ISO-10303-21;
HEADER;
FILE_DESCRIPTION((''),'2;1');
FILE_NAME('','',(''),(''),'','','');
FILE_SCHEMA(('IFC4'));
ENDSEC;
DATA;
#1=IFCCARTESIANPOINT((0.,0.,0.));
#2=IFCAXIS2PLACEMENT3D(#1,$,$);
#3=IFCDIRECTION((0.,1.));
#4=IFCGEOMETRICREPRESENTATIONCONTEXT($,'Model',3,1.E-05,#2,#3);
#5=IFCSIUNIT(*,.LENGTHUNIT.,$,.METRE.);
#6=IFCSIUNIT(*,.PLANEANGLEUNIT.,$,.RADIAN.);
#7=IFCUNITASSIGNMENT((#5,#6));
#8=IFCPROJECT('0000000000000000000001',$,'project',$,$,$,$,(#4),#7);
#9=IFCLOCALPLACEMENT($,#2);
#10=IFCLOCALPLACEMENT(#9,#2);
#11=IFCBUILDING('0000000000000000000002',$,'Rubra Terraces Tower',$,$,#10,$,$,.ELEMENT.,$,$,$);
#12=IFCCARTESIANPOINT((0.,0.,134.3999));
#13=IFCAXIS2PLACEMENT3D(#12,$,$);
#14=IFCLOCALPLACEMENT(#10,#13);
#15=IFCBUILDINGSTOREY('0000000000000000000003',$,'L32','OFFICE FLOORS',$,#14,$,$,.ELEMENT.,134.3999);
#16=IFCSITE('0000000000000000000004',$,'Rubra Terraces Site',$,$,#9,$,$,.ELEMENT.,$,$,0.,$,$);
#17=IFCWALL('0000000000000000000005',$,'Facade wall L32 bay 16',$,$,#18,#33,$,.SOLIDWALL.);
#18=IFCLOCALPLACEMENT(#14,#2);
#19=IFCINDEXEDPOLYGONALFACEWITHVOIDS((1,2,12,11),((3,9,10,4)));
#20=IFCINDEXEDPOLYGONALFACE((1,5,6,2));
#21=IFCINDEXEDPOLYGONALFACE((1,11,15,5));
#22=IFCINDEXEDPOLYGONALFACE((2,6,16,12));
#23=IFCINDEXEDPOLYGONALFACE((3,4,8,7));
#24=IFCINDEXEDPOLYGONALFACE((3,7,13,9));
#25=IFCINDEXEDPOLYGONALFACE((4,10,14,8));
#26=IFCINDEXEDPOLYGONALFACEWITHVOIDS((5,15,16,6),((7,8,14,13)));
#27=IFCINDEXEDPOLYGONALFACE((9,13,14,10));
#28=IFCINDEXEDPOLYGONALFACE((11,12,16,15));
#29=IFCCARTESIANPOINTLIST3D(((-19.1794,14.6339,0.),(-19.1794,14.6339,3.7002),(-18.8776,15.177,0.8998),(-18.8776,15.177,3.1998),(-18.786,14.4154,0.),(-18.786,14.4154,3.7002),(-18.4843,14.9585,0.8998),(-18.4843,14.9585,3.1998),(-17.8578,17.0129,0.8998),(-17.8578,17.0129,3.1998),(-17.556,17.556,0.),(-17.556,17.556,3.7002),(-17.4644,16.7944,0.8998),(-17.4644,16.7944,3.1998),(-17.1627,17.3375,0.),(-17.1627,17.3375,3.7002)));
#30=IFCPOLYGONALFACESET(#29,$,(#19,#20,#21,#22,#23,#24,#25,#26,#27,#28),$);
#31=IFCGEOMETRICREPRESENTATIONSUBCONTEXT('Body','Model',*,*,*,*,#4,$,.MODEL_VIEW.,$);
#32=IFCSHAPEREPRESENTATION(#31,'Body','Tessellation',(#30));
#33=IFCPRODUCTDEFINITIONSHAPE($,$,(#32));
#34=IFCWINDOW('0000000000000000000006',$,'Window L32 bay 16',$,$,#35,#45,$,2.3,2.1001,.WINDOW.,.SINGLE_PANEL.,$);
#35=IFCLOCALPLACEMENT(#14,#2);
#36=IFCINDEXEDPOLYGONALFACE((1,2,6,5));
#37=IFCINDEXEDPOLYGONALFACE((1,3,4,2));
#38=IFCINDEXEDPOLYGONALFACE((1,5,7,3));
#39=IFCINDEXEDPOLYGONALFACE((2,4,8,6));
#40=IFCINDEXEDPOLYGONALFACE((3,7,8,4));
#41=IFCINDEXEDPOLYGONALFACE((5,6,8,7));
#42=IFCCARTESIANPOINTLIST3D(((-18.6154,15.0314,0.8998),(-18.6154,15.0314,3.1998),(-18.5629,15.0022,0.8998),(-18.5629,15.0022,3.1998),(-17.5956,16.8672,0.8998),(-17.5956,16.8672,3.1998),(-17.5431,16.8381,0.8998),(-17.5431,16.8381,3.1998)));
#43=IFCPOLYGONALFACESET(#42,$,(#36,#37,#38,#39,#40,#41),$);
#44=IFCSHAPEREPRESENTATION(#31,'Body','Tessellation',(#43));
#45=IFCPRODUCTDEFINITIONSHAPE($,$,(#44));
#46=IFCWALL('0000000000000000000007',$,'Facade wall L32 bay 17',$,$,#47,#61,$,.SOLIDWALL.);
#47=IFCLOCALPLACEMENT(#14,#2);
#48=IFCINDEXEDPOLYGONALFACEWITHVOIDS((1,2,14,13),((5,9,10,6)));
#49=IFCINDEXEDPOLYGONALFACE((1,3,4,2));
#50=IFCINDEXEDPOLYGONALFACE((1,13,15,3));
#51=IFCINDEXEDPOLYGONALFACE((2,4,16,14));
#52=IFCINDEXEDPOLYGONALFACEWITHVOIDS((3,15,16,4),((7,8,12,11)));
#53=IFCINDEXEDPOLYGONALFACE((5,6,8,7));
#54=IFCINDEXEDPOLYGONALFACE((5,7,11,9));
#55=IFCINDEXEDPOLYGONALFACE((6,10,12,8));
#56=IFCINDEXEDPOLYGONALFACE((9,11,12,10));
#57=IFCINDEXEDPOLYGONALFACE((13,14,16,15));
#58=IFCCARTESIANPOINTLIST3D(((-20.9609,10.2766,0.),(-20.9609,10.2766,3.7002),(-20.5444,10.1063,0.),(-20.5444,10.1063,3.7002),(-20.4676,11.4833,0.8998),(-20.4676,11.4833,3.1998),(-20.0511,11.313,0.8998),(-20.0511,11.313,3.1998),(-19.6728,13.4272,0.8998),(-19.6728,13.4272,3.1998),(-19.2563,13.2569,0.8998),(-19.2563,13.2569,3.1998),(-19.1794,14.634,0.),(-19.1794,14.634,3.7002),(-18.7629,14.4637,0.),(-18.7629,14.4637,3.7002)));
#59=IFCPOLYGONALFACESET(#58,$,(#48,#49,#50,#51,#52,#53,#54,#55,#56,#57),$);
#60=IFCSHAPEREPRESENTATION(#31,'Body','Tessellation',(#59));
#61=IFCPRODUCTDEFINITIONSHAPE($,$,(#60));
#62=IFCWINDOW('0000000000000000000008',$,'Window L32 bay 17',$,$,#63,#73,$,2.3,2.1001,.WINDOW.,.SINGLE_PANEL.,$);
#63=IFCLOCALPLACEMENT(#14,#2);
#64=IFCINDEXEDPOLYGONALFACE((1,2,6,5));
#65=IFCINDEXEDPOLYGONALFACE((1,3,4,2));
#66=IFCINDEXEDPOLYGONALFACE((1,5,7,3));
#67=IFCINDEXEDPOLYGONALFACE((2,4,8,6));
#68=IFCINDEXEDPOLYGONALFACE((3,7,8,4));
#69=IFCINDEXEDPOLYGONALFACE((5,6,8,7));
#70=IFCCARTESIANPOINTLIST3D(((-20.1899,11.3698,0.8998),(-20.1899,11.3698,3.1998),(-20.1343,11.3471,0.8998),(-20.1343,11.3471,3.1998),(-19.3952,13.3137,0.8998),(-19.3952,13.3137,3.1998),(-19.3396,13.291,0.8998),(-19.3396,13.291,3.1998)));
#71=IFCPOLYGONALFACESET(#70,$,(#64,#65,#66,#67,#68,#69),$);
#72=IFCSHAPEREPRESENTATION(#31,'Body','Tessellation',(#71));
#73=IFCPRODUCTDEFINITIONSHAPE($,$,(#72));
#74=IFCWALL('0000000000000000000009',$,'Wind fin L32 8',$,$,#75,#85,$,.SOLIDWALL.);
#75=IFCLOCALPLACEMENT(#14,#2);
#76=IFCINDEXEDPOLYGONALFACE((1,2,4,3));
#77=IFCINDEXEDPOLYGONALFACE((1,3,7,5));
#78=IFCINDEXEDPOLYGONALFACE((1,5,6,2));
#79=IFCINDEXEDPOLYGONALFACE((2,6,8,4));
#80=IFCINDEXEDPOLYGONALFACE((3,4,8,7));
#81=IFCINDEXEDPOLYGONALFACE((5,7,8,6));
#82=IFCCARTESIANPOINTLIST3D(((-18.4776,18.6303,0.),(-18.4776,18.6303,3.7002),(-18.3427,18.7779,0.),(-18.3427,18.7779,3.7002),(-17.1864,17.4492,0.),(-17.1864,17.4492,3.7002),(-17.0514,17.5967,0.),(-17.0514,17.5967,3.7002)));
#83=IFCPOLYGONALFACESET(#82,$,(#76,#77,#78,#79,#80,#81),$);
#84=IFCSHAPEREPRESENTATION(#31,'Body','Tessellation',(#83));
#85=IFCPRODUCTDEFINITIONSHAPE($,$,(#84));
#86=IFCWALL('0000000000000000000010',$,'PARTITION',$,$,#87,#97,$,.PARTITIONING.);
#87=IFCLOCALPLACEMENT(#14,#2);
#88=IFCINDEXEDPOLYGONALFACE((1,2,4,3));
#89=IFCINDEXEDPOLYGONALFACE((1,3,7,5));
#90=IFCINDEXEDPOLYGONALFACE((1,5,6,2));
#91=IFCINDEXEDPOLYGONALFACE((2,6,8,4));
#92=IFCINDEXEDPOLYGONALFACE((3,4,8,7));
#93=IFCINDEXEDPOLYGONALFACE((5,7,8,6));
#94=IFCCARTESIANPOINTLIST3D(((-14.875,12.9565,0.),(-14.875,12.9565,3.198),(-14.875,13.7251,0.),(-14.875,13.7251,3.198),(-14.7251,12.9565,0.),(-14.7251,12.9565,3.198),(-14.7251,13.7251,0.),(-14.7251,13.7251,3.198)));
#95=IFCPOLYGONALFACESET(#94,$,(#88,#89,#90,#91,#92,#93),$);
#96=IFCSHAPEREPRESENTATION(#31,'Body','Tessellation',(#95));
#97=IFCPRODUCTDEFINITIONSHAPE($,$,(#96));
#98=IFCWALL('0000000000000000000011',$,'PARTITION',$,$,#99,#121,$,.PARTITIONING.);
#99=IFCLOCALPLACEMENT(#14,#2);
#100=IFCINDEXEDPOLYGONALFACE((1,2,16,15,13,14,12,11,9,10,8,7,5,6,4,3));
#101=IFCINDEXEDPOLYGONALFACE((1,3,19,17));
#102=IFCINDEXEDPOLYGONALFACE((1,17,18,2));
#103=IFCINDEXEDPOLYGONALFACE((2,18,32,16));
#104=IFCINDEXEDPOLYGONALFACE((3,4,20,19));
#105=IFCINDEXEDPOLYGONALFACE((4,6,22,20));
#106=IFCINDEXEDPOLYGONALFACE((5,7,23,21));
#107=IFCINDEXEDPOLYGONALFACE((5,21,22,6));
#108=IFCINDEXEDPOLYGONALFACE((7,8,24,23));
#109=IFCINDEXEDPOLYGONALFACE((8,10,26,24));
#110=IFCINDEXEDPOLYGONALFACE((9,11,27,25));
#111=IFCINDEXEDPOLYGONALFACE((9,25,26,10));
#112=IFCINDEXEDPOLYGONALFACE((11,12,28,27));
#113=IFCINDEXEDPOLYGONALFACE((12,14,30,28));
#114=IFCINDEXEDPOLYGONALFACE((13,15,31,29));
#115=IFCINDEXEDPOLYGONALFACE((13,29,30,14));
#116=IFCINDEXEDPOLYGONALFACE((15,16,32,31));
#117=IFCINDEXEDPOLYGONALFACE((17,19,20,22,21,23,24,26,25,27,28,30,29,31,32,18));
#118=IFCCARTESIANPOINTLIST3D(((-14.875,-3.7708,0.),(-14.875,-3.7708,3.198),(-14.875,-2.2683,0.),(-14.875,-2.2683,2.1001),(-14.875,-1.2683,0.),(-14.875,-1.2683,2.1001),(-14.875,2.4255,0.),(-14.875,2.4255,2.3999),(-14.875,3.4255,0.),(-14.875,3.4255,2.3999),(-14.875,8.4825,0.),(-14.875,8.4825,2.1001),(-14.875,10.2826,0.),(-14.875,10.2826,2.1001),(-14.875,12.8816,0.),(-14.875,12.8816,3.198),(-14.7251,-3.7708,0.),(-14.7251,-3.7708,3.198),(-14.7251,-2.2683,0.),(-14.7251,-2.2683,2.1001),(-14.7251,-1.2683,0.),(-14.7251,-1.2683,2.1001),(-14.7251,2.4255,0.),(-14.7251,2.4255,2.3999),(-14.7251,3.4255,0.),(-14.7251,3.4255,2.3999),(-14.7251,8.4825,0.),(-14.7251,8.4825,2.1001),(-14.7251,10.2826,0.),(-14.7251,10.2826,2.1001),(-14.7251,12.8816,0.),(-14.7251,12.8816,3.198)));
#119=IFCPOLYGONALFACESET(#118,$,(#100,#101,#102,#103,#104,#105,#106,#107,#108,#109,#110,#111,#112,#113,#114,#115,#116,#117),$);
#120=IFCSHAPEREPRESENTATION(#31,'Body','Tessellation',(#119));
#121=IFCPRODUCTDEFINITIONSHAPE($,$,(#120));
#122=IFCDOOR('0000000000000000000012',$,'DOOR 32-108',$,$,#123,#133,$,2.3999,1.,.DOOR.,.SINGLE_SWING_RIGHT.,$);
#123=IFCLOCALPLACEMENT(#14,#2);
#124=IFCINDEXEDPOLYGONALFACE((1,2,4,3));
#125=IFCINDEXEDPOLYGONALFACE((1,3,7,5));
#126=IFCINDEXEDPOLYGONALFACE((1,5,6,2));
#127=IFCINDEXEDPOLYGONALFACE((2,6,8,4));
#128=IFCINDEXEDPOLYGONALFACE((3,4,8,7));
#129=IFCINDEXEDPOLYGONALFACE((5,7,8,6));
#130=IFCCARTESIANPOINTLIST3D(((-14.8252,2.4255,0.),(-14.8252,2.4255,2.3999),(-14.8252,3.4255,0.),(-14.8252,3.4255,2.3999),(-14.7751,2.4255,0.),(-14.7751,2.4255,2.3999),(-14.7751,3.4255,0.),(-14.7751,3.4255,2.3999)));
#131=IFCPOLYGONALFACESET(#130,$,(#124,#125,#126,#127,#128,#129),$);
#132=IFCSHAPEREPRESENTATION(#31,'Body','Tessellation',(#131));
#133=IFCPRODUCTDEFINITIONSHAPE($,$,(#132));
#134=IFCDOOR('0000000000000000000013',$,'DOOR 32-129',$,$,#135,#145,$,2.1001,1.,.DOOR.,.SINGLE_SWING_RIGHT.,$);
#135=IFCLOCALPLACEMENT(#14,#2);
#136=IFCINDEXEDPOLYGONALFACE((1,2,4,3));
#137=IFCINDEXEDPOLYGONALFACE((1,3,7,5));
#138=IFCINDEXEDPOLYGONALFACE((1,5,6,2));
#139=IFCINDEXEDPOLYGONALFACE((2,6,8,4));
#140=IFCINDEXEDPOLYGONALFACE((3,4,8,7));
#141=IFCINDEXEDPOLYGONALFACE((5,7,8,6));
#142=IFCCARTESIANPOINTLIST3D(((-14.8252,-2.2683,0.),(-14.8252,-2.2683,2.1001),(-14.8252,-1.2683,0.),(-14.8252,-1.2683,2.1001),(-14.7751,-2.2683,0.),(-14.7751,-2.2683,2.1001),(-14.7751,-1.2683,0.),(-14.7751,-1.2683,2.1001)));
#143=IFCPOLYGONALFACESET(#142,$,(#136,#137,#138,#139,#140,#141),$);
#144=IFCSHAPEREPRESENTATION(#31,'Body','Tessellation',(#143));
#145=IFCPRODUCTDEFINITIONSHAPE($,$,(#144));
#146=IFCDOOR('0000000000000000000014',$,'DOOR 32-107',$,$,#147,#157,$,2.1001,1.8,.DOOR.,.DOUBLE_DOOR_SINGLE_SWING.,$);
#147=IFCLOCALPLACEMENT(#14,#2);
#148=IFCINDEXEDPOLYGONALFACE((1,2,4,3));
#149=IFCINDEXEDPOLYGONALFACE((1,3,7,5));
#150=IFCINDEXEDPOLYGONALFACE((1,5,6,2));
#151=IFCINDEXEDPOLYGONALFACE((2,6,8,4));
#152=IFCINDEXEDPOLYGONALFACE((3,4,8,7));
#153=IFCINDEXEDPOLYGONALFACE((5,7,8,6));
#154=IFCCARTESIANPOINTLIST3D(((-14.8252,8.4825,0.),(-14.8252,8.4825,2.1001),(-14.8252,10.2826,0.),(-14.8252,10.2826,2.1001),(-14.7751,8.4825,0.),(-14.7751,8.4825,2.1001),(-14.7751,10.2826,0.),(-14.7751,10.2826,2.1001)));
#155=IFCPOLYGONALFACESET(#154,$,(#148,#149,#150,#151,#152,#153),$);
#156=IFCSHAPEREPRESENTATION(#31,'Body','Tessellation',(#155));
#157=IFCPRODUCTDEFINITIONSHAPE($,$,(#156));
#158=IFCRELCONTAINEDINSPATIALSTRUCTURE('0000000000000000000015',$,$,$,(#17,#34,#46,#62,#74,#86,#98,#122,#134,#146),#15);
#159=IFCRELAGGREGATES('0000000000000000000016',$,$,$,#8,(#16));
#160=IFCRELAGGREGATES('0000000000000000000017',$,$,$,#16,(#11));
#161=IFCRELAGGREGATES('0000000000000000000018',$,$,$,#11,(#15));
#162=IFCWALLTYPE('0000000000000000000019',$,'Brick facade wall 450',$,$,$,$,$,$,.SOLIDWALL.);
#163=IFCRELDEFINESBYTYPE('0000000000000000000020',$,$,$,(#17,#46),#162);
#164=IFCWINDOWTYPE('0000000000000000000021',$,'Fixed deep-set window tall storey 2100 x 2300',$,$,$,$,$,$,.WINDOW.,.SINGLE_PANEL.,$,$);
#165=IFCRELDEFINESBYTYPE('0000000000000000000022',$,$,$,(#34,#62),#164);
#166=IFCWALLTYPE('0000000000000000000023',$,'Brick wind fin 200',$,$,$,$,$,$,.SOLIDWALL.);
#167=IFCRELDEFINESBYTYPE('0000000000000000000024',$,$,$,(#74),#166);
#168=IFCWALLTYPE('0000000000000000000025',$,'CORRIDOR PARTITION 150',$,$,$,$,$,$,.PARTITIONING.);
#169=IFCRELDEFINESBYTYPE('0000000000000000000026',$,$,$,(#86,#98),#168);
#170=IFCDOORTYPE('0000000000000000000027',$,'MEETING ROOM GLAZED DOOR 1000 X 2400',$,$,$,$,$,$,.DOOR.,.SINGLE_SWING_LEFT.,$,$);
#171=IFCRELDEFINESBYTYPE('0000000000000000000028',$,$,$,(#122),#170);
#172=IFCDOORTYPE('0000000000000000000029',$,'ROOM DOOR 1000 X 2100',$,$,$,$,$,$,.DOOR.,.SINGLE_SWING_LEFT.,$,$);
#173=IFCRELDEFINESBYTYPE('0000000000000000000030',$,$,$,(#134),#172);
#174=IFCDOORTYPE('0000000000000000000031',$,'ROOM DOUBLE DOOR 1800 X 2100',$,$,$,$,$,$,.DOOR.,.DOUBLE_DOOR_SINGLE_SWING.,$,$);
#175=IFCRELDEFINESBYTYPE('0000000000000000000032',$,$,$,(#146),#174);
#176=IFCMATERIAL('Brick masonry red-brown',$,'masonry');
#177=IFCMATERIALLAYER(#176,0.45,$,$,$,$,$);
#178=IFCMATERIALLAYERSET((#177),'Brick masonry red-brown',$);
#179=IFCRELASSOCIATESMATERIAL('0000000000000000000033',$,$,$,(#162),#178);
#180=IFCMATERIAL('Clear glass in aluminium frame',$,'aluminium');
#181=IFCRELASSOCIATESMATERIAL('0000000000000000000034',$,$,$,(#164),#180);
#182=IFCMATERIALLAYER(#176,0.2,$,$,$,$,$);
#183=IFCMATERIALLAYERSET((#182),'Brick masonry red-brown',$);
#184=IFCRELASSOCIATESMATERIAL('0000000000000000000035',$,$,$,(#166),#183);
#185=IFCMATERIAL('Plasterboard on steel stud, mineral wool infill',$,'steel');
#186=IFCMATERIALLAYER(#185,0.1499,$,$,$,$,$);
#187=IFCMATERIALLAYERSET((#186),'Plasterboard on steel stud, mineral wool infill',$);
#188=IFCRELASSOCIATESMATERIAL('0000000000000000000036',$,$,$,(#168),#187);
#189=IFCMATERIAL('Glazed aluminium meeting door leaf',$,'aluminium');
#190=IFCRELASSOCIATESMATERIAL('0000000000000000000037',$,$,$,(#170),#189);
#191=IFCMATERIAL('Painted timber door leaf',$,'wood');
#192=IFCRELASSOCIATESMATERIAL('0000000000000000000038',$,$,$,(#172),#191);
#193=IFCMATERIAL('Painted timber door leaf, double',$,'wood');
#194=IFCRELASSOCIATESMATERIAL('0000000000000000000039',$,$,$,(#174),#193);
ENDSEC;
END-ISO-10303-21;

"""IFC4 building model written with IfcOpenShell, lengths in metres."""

from ifc_helpers import new_model, si_unit, direction, frame, frame_2d, origin, place, context, subcontext, project, spatial, rectangle, extrude, material, layer, layer_set, type_object, element, fill, save


model = new_model("IFC4")

# Units and contexts
model_context = context("Model", 3, precision=1e-05, world=origin(), true_north=direction((0.0, 1.0)))
body_context = subcontext(model_context, "Body", "Model", "MODEL_VIEW")
ifc_project = project(units=[si_unit("LENGTHUNIT", "METRE"), si_unit("PLANEANGLEUNIT", "RADIAN")], contexts=[model_context])

# Site, building, storey
site_placement = place(None, origin())
site = spatial("IfcSite", under=ifc_project, at=site_placement, Name="Rubra Terraces Site", CompositionType="ELEMENT", RefElevation=0.0)
building_placement = place(site_placement, origin())
building = spatial("IfcBuilding", under=site, at=building_placement, Name="Rubra Terraces Tower", CompositionType="ELEMENT")
storey_placement = place(building_placement, frame((0.0, 0.0, 134.3999)))
storey = spatial("IfcBuildingStorey", under=building, at=storey_placement, Name="L32", Description="OFFICE FLOORS", CompositionType="ELEMENT", Elevation=134.3999)

# Walls, openings, windows
ifc_material_1 = material(Name="Brick masonry red-brown", Category="masonry")
ifc_layer_1 = layer(ifc_material_1, 0.45)
ifc_layer_set_1 = layer_set([ifc_layer_1], Name="Brick masonry red-brown")
wall_type_1 = type_object("IfcWallType", Name="Brick facade wall 450", PredefinedType="SOLIDWALL", material=ifc_layer_set_1)
ifc_material_2 = material(Name="Clear glass in aluminium frame", Category="aluminium")
window_type = type_object("IfcWindowType", Name="Fixed deep-set window tall storey 2100 x 2300", PartitioningType="SINGLE_PANEL", PredefinedType="WINDOW", material=ifc_material_2)
wall_1_placement = place(storey_placement, frame((-17.3594, 17.4468, 0.0), z_axis=(0.0, 0.0, 1.0), x_axis=(-0.485618, -0.874171, 0.0)))
wall_1 = element("IfcWall", 1, at=wall_1_placement, inside=storey, type_object=wall_type_1, Name="Facade wall L32 bay 16", PredefinedType="SOLIDWALL", context=body_context, shape_type="SweptSolid", body=[
    extrude(rectangle(XDim=3.3428, YDim=0.45, at=frame_2d((1.6714, 0.0))), origin(), (0.0, 0.0, 1.0), 3.7002),
])
opening_1_placement = place(wall_1_placement, frame((0.6213, 0.0, 0.8999)))
opening_1 = element("IfcOpeningElement", 2, at=opening_1_placement, cuts=wall_1, PredefinedType="OPENING", context=body_context, shape_type="SweptSolid", body=[
    extrude(rectangle(XDim=2.1001, YDim=2.3, at=frame_2d((1.05, 1.1499))), frame((0.0, 0.2349, 0.0), z_axis=(0.0, -1.0, 0.0), x_axis=(1.0, 0.0, 0.0)), (0.0, 0.0, 1.0), 0.47),
])
window_1_placement = place(opening_1_placement, origin())
window_1 = element("IfcWindow", 3, at=window_1_placement, inside=storey, type_object=window_type, Name="Window L32 bay 16", OverallHeight=2.3, OverallWidth=2.1001, PartitioningType="SINGLE_PANEL", PredefinedType="WINDOW", context=body_context, shape_type="SweptSolid", body=[
    extrude(rectangle(XDim=2.1001, YDim=2.3, at=frame_2d((1.05, 1.1499))), frame((0.0, 0.135, 0.0), z_axis=(0.0, -1.0, 0.0), x_axis=(1.0, 0.0, 0.0)), (0.0, 0.0, 1.0), 0.0601),
])
fill(opening_1, window_1)
wall_2_placement = place(storey_placement, frame((-18.9712, 14.5488, 0.0), z_axis=(0.0, 0.0, 1.0), x_axis=(-0.378435, -0.925628, 0.0)))
wall_2 = element("IfcWall", 4, at=wall_2_placement, inside=storey, type_object=wall_type_1, Name="Facade wall L32 bay 17", PredefinedType="SOLIDWALL", context=body_context, shape_type="SweptSolid", body=[
    extrude(rectangle(XDim=4.7075, YDim=0.45, at=frame_2d((2.3538, 0.0))), origin(), (0.0, 0.0, 1.0), 3.7002),
])
opening_2_placement = place(wall_2_placement, frame((1.3037, 0.0, 0.8999)))
opening_2 = element("IfcOpeningElement", 5, at=opening_2_placement, cuts=wall_2, PredefinedType="OPENING", context=body_context, shape_type="SweptSolid", body=[
    extrude(rectangle(XDim=2.1001, YDim=2.3, at=frame_2d((1.05, 1.1499))), frame((0.0, 0.2349, 0.0), z_axis=(0.0, -1.0, 0.0), x_axis=(1.0, 0.0, 0.0)), (0.0, 0.0, 1.0), 0.47),
])
window_2_placement = place(opening_2_placement, origin())
window_2 = element("IfcWindow", 6, at=window_2_placement, inside=storey, type_object=window_type, Name="Window L32 bay 17", OverallHeight=2.3, OverallWidth=2.1001, PartitioningType="SINGLE_PANEL", PredefinedType="WINDOW", context=body_context, shape_type="SweptSolid", body=[
    extrude(rectangle(XDim=2.1001, YDim=2.3, at=frame_2d((1.05, 1.1499))), frame((0.0, 0.135, 0.0), z_axis=(0.0, -1.0, 0.0), x_axis=(1.0, 0.0, 0.0)), (0.0, 0.0, 1.0), 0.0601),
])
fill(opening_2, window_2)

# Walls
ifc_layer_2 = layer(ifc_material_1, 0.2)
ifc_layer_set_2 = layer_set([ifc_layer_2], Name="Brick masonry red-brown")
wall_type_2 = type_object("IfcWallType", Name="Brick wind fin 200", PredefinedType="SOLIDWALL", material=ifc_layer_set_2)
wall_3_placement = place(storey_placement, frame((-17.1189, 17.5229, 0.0), z_axis=(0.0, 0.0, 1.0), x_axis=(-0.737866, 0.674947, 0.0)))
element("IfcWall", 7, at=wall_3_placement, inside=storey, type_object=wall_type_2, Name="Wind fin L32 8", PredefinedType="SOLIDWALL", context=body_context, shape_type="SweptSolid", body=[
    extrude(rectangle(XDim=1.75, YDim=0.2, at=frame_2d((0.875, 0.0))), origin(), (0.0, 0.0, 1.0), 3.7002),
])
ifc_material_3 = material(Name="Plasterboard on steel stud, mineral wool infill", Category="steel")
ifc_layer_3 = layer(ifc_material_3, 0.1499)
ifc_layer_set_3 = layer_set([ifc_layer_3], Name="Plasterboard on steel stud, mineral wool infill")
wall_type_3 = type_object("IfcWallType", Name="CORRIDOR PARTITION 150", PredefinedType="PARTITIONING", material=ifc_layer_set_3)
wall_4_placement = place(storey_placement, frame((-14.8, 13.7251, 0.0), z_axis=(0.0, 0.0, 1.0), x_axis=(0.0, -1.0, 0.0)))
element("IfcWall", 8, at=wall_4_placement, inside=storey, type_object=wall_type_3, Name="PARTITION", PredefinedType="PARTITIONING", context=body_context, shape_type="SweptSolid", body=[
    extrude(rectangle(XDim=0.7686, YDim=0.1499, at=frame_2d((0.3843, 0.0))), origin(), (0.0, 0.0, 1.0), 3.198),
])

# Wall, openings, doors
wall_5_placement = place(storey_placement, frame((-14.8, 12.8816, 0.0), z_axis=(0.0, 0.0, 1.0), x_axis=(0.0, -1.0, 0.0)))
wall_5 = element("IfcWall", 9, at=wall_5_placement, inside=storey, type_object=wall_type_3, Name="PARTITION", PredefinedType="PARTITIONING", context=body_context, shape_type="SweptSolid", body=[
    extrude(rectangle(XDim=16.6523, YDim=0.1499, at=frame_2d((8.3262, 0.0))), origin(), (0.0, 0.0, 1.0), 3.198),
])
opening_3_placement = place(wall_5_placement, frame((2.5991, 0.0, 0.0)))
opening_3 = element("IfcOpeningElement", 10, at=opening_3_placement, cuts=wall_5, PredefinedType="OPENING", context=body_context, shape_type="SweptSolid", body=[
    extrude(rectangle(XDim=1.8, YDim=2.1001, at=frame_2d((0.8999, 1.05))), frame((0.0, 0.085, 0.0), z_axis=(0.0, -1.0, 0.0), x_axis=(1.0, 0.0, 0.0)), (0.0, 0.0, 1.0), 0.1699),
])
opening_4_placement = place(wall_5_placement, frame((9.4561, 0.0, 0.0)))
opening_4 = element("IfcOpeningElement", 11, at=opening_4_placement, cuts=wall_5, PredefinedType="OPENING", context=body_context, shape_type="SweptSolid", body=[
    extrude(rectangle(XDim=1.0, YDim=2.3999, at=frame_2d((0.5, 1.2))), frame((0.0, 0.085, 0.0), z_axis=(0.0, -1.0, 0.0), x_axis=(1.0, 0.0, 0.0)), (0.0, 0.0, 1.0), 0.1699),
])
opening_5_placement = place(wall_5_placement, frame((14.1499, 0.0, 0.0)))
opening_5 = element("IfcOpeningElement", 12, at=opening_5_placement, cuts=wall_5, PredefinedType="OPENING", context=body_context, shape_type="SweptSolid", body=[
    extrude(rectangle(XDim=1.0, YDim=2.1001, at=frame_2d((0.5, 1.05))), frame((0.0, 0.085, 0.0), z_axis=(0.0, -1.0, 0.0), x_axis=(1.0, 0.0, 0.0)), (0.0, 0.0, 1.0), 0.1699),
])
ifc_material_4 = material(Name="Glazed aluminium meeting door leaf", Category="aluminium")
door_type_1 = type_object("IfcDoorType", Name="MEETING ROOM GLAZED DOOR 1000 X 2400", OperationType="SINGLE_SWING_LEFT", PredefinedType="DOOR", material=ifc_material_4)
door_1_placement = place(opening_4_placement, origin())
door_1 = element("IfcDoor", 13, at=door_1_placement, inside=storey, type_object=door_type_1, Name="DOOR 32-108", OperationType="SINGLE_SWING_RIGHT", OverallHeight=2.3999, OverallWidth=1.0, PredefinedType="DOOR", context=body_context, shape_type="SweptSolid", body=[
    extrude(rectangle(XDim=1.0, YDim=2.3999, at=frame_2d((0.5, 1.2))), frame((0.0, 0.0249, 0.0), z_axis=(0.0, -1.0, 0.0), x_axis=(1.0, 0.0, 0.0)), (0.0, 0.0, 1.0), 0.05),
])
fill(opening_4, door_1)
ifc_material_5 = material(Name="Painted timber door leaf", Category="wood")
door_type_2 = type_object("IfcDoorType", Name="ROOM DOOR 1000 X 2100", OperationType="SINGLE_SWING_LEFT", PredefinedType="DOOR", material=ifc_material_5)
door_2_placement = place(opening_5_placement, origin())
door_2 = element("IfcDoor", 14, at=door_2_placement, inside=storey, type_object=door_type_2, Name="DOOR 32-129", OperationType="SINGLE_SWING_RIGHT", OverallHeight=2.1001, OverallWidth=1.0, PredefinedType="DOOR", context=body_context, shape_type="SweptSolid", body=[
    extrude(rectangle(XDim=1.0, YDim=2.1001, at=frame_2d((0.5, 1.05))), frame((0.0, 0.0249, 0.0), z_axis=(0.0, -1.0, 0.0), x_axis=(1.0, 0.0, 0.0)), (0.0, 0.0, 1.0), 0.05),
])
fill(opening_5, door_2)
ifc_material_6 = material(Name="Painted timber door leaf, double", Category="wood")
door_type_3 = type_object("IfcDoorType", Name="ROOM DOUBLE DOOR 1800 X 2100", OperationType="DOUBLE_DOOR_SINGLE_SWING", PredefinedType="DOOR", material=ifc_material_6)
door_3_placement = place(opening_3_placement, origin())
door_3 = element("IfcDoor", 15, at=door_3_placement, inside=storey, type_object=door_type_3, Name="DOOR 32-107", OperationType="DOUBLE_DOOR_SINGLE_SWING", OverallHeight=2.1001, OverallWidth=1.8, PredefinedType="DOOR", context=body_context, shape_type="SweptSolid", body=[
    extrude(rectangle(XDim=1.8, YDim=2.1001, at=frame_2d((0.8999, 1.05))), frame((0.0, 0.0249, 0.0), z_axis=(0.0, -1.0, 0.0), x_axis=(1.0, 0.0, 0.0)), (0.0, 0.0, 1.0), 0.05),
])
fill(opening_3, door_3)

save(model, "model.ifc")
